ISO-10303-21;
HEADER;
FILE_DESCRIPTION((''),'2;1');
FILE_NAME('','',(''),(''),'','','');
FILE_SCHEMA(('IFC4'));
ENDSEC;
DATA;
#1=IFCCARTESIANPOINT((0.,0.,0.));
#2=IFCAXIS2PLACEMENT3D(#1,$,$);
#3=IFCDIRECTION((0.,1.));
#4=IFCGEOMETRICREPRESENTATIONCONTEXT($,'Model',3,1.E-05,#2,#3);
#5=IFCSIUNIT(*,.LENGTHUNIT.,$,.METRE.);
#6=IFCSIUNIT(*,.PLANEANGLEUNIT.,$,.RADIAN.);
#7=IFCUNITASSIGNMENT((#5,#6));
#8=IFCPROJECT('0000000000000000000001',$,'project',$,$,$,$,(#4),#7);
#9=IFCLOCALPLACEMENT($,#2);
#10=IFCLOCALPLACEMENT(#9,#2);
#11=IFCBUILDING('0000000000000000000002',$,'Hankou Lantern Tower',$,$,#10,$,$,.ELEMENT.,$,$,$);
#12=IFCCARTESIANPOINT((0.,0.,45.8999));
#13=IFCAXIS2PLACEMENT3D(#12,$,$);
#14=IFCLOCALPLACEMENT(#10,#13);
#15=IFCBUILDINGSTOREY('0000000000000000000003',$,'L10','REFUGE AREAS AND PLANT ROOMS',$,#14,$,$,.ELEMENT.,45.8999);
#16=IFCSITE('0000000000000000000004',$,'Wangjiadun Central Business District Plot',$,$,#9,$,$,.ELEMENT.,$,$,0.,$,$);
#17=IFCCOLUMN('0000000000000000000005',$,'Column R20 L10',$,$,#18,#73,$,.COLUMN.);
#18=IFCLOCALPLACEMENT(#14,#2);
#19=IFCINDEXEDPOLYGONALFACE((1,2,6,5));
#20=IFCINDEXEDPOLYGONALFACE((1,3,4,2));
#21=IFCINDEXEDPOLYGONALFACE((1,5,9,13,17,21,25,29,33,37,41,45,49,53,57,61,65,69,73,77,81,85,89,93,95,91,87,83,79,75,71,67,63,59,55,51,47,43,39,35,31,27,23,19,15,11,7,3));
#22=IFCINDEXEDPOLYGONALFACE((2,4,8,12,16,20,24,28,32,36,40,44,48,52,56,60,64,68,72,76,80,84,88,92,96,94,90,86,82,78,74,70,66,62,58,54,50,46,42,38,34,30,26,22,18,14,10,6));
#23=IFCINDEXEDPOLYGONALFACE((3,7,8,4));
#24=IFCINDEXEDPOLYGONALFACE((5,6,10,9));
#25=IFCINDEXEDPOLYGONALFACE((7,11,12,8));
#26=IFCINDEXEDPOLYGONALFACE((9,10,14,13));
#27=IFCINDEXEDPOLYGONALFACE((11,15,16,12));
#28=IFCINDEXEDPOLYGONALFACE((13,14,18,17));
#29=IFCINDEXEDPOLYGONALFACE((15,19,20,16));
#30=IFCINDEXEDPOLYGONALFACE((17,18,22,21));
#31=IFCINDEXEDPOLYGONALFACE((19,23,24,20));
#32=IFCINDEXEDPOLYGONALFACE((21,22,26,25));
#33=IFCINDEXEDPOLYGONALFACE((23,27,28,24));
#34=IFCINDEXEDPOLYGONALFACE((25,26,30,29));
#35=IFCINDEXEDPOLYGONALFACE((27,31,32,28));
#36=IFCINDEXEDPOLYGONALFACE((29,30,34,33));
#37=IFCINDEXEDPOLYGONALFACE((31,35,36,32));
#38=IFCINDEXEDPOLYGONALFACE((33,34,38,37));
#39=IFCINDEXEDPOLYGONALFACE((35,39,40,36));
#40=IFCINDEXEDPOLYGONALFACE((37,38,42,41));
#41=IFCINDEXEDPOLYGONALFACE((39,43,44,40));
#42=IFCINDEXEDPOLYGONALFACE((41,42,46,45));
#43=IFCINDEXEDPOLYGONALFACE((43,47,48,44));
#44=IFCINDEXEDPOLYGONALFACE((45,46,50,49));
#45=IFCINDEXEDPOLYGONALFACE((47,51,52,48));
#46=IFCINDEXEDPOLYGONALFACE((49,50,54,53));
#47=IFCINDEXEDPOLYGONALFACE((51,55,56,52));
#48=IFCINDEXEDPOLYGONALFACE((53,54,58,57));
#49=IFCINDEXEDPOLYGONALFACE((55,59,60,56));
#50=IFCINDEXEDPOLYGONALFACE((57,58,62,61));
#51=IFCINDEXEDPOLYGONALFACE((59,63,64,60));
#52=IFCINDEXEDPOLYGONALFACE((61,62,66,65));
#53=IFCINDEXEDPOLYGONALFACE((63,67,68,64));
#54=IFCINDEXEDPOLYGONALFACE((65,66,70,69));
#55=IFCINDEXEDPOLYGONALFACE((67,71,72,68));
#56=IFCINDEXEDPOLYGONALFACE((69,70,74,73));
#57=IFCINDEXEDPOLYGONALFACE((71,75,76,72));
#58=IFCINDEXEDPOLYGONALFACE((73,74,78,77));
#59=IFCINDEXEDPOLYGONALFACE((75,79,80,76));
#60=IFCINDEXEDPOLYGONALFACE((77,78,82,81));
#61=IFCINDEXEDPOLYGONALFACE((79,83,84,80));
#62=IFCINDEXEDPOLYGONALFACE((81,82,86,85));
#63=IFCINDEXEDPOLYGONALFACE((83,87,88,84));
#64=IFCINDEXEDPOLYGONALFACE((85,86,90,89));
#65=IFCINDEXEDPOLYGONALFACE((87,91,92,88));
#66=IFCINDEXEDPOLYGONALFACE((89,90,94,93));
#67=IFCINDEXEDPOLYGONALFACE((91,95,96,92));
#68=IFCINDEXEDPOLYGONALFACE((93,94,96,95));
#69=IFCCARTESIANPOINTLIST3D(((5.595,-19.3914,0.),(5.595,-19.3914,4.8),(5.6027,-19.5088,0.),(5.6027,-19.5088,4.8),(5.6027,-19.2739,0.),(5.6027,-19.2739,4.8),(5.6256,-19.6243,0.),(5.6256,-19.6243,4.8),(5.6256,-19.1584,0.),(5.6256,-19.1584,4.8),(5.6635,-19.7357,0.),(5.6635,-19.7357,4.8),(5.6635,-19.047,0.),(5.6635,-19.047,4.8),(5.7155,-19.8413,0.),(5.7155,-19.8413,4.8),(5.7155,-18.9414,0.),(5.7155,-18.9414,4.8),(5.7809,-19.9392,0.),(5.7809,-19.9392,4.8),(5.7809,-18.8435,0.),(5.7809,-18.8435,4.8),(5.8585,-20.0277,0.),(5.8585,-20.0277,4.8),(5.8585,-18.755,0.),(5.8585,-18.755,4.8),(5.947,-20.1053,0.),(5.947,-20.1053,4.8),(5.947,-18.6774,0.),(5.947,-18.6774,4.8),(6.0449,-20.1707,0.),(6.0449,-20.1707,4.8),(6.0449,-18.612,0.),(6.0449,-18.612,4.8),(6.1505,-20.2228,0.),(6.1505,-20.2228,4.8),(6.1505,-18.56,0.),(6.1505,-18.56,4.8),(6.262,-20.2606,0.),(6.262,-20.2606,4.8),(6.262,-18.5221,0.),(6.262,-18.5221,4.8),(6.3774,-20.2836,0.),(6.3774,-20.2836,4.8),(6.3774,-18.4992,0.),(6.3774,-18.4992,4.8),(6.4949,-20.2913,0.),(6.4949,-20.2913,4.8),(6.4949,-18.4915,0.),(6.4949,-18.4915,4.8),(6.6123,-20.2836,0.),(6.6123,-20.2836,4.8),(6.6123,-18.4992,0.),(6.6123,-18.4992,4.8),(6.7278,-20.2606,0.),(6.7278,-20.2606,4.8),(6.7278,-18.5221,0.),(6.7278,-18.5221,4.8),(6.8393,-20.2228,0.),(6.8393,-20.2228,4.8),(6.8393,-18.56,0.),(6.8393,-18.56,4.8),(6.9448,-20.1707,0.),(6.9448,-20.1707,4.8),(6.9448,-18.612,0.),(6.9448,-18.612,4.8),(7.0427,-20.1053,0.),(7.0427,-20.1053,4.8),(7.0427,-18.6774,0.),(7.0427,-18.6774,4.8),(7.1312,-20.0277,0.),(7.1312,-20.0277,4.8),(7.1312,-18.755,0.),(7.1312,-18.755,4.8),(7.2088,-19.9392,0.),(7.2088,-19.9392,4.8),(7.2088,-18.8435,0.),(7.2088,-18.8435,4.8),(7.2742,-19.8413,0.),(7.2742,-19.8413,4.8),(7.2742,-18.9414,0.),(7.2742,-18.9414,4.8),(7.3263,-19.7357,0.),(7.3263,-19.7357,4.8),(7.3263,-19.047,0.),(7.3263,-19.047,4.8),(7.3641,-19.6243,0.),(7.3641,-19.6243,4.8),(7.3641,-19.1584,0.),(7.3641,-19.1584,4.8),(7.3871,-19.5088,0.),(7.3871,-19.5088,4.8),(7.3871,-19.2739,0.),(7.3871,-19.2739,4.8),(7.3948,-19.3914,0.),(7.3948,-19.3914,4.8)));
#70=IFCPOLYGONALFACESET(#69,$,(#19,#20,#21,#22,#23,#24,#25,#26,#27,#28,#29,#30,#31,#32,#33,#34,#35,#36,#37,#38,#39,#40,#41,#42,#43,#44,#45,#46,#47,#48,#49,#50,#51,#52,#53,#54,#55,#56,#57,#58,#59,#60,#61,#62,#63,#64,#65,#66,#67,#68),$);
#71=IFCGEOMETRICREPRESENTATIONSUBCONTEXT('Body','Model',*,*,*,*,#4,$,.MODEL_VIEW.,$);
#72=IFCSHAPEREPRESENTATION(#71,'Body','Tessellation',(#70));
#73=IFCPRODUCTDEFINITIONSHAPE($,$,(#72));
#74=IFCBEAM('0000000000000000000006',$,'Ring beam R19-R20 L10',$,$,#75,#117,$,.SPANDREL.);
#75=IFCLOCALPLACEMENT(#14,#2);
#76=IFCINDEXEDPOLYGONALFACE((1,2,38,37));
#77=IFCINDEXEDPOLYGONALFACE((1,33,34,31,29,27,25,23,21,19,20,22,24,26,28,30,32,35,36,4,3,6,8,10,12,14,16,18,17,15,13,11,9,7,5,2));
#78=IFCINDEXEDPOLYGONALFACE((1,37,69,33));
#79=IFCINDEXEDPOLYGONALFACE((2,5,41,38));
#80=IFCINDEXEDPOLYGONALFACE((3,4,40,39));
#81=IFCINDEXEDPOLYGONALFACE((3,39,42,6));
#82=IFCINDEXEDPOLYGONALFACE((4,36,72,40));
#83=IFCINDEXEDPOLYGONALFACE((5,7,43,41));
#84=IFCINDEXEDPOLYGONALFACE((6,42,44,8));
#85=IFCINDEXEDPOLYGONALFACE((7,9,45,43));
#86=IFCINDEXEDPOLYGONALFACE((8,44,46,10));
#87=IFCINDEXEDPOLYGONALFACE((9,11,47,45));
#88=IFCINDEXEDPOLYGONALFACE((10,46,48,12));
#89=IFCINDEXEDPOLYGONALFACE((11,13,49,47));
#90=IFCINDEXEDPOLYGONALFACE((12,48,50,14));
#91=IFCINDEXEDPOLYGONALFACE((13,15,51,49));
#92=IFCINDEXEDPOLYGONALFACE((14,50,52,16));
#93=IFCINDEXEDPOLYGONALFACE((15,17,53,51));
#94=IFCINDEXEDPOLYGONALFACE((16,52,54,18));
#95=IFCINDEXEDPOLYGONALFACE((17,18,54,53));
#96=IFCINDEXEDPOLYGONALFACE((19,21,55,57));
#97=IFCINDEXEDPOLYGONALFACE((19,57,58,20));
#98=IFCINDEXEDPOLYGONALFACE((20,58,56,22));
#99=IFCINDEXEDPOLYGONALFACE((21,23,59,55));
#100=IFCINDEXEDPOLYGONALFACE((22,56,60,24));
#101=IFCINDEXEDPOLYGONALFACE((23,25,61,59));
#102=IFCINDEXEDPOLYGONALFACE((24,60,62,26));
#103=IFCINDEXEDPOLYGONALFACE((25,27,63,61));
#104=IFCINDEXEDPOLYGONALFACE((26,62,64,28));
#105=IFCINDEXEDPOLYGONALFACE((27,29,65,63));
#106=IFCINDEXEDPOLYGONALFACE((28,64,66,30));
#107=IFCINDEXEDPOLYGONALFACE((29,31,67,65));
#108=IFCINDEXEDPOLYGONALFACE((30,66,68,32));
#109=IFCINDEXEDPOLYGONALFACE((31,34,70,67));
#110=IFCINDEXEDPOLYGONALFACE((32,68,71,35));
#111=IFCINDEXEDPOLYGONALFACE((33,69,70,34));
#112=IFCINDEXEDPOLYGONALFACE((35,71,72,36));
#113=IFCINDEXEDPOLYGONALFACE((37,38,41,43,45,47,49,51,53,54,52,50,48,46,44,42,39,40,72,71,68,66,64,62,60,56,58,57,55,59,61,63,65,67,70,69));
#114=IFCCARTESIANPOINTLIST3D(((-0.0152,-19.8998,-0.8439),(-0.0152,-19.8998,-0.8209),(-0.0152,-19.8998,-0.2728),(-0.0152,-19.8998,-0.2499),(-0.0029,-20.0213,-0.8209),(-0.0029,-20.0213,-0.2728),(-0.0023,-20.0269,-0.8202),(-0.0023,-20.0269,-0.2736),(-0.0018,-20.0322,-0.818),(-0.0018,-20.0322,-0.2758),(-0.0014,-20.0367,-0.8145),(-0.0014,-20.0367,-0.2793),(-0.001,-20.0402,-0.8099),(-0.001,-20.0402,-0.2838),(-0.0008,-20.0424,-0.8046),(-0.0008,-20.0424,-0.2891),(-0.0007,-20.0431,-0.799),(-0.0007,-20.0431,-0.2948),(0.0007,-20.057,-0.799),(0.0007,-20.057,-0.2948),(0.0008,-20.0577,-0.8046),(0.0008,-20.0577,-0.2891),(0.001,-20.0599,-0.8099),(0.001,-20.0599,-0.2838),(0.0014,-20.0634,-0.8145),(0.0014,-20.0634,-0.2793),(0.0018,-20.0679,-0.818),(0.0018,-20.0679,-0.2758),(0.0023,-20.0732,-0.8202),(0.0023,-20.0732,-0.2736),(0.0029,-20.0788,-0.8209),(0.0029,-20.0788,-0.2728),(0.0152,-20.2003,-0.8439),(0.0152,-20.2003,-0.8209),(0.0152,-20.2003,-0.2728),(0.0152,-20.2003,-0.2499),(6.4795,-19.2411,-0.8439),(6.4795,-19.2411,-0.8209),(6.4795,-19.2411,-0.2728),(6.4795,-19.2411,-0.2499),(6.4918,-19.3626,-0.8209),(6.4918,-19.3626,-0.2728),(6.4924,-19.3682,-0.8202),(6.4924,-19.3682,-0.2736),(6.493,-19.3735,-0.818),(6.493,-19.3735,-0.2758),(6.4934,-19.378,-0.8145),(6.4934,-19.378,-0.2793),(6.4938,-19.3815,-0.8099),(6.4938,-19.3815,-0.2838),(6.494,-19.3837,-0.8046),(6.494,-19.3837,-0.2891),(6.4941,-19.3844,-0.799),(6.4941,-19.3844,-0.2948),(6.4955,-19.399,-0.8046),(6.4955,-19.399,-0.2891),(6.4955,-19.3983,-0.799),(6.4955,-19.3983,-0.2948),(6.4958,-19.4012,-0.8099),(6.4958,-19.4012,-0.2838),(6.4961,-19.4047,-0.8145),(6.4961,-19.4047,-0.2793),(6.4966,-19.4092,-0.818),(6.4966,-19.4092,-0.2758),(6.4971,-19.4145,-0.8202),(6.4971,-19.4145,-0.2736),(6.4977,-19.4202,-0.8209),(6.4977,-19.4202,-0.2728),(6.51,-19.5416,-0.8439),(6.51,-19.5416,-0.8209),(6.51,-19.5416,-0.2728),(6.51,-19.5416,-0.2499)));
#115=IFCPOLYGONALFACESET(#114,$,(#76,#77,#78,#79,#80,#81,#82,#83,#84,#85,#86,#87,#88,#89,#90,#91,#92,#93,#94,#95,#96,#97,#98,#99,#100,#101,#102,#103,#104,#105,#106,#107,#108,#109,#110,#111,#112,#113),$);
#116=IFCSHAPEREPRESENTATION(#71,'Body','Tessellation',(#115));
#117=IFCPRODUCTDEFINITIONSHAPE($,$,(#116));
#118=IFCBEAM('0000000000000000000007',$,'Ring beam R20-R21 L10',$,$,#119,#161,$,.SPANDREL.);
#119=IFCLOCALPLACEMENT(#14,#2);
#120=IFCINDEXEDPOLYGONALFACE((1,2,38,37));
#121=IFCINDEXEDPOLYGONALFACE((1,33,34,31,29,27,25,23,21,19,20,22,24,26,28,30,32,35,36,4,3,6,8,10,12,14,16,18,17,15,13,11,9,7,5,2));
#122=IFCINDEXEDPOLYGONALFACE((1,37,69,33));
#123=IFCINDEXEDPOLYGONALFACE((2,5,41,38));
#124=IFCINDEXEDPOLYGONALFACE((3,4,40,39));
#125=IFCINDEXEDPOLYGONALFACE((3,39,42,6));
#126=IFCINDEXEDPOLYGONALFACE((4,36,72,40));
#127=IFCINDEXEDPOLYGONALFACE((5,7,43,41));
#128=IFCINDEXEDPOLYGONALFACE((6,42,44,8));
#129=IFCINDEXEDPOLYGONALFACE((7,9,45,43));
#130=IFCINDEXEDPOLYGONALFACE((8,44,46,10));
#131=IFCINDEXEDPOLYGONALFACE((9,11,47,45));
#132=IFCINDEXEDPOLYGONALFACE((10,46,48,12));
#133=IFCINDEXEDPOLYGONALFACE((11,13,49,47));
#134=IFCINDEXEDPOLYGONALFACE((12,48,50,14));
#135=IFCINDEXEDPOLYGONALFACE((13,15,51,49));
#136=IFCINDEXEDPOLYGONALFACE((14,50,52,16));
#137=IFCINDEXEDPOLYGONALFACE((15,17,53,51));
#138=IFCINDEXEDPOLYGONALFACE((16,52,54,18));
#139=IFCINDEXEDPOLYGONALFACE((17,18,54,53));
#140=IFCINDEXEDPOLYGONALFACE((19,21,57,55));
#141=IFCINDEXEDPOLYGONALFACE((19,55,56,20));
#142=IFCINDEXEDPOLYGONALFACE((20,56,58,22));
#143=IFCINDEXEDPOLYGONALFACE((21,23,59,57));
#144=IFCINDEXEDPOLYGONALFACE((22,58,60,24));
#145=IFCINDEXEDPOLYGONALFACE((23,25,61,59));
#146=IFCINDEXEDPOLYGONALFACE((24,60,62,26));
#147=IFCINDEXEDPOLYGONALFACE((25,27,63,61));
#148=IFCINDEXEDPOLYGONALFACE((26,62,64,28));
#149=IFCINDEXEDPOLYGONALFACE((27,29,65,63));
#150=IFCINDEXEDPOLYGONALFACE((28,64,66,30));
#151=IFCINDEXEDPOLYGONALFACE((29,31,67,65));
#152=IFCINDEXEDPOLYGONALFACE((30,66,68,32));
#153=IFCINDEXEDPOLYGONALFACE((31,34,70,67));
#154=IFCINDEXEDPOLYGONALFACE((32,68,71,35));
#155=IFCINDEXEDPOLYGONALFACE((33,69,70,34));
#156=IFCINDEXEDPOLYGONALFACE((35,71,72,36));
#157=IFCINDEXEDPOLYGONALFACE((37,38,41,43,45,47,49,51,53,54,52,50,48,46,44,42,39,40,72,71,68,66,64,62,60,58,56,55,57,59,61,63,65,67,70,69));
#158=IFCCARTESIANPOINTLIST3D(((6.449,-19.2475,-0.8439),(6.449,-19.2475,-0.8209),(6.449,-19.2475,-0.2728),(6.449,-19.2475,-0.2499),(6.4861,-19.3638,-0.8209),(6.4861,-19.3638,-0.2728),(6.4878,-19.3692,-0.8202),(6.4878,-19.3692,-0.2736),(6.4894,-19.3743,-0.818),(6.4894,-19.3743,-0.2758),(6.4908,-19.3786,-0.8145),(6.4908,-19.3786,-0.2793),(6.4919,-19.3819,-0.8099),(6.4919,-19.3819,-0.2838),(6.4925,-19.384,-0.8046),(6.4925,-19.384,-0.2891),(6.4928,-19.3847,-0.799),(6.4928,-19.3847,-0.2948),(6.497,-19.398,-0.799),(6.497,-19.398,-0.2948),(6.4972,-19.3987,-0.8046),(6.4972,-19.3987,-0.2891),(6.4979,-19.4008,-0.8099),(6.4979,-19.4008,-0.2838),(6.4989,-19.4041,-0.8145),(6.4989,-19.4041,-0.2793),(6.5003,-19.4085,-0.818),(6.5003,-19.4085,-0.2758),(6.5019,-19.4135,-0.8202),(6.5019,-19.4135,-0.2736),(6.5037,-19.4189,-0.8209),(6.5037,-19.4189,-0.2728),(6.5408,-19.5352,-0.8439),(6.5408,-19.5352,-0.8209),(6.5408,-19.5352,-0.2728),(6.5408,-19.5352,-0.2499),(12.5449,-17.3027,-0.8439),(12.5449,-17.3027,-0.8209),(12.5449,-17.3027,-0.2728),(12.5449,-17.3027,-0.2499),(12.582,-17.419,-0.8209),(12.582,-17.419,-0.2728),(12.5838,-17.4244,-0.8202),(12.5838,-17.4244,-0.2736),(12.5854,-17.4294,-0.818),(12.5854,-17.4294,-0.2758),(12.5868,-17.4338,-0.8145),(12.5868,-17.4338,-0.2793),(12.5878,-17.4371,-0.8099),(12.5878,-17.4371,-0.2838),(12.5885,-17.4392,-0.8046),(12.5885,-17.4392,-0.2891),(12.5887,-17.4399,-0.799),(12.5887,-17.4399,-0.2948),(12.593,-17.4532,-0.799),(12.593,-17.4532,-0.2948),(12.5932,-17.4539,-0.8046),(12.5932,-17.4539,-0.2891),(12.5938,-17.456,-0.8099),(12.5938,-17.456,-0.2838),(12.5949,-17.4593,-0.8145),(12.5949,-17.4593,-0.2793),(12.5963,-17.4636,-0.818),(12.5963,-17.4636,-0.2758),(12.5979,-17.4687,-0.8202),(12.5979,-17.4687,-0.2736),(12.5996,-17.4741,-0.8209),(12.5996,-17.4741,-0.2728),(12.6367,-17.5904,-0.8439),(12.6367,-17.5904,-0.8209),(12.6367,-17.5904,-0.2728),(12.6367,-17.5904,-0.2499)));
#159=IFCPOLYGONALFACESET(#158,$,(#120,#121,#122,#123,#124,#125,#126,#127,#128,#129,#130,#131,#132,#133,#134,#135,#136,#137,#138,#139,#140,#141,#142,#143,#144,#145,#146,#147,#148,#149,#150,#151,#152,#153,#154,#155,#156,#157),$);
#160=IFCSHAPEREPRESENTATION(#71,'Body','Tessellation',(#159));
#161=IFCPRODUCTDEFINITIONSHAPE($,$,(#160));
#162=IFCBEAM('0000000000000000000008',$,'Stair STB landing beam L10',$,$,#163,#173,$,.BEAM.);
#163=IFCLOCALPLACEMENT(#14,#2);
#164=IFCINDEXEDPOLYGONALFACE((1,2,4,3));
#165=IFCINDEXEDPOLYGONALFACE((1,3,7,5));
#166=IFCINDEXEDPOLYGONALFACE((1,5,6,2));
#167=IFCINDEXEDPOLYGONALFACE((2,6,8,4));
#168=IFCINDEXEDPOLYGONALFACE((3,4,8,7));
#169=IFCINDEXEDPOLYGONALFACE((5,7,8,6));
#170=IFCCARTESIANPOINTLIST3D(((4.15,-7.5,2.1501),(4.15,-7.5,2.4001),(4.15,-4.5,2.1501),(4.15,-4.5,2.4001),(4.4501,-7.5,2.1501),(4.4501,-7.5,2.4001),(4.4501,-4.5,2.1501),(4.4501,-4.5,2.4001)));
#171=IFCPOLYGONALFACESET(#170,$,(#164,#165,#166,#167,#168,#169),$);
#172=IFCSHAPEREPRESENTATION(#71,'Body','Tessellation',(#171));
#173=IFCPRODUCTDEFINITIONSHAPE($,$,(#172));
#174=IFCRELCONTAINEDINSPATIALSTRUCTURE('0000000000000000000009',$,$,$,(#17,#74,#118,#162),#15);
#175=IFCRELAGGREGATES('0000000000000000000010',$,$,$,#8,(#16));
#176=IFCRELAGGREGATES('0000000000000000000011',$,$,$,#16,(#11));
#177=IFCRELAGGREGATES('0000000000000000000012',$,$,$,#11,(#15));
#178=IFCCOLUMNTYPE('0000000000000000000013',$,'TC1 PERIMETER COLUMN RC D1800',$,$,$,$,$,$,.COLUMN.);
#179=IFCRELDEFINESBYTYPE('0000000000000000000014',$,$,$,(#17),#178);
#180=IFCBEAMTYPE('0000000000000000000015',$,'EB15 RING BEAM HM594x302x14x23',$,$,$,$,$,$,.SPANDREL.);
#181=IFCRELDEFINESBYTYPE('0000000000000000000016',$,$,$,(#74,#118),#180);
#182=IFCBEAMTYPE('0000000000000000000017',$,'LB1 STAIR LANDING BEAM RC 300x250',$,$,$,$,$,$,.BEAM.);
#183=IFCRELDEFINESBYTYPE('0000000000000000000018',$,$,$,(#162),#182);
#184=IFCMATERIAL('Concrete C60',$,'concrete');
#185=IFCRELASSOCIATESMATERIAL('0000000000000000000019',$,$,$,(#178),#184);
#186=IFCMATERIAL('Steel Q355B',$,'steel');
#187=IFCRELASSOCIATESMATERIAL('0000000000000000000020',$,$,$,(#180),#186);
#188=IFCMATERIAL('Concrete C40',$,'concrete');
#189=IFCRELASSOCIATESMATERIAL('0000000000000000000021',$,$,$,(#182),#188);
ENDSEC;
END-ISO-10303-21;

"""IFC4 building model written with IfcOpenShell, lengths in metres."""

from ifc_helpers import new_model, si_unit, direction, frame, origin, origin_2d, place, context, subcontext, project, spatial, rectangle, circle, i_section, extrude, material, material_profile, profile_set, type_object, element, save


model = new_model("IFC4")

# Units and contexts
model_context = context("Model", 3, precision=1e-05, world=origin(), true_north=direction((0.0, 1.0)))
body_context = subcontext(model_context, "Body", "Model", "MODEL_VIEW")
ifc_project = project(units=[si_unit("LENGTHUNIT", "METRE"), si_unit("PLANEANGLEUNIT", "RADIAN")], contexts=[model_context])

# Site, building, storey
site_placement = place(None, origin())
site = spatial("IfcSite", under=ifc_project, at=site_placement, Name="Wangjiadun Central Business District Plot", CompositionType="ELEMENT", RefElevation=0.0)
building_placement = place(site_placement, origin())
building = spatial("IfcBuilding", under=site, at=building_placement, Name="Hankou Lantern Tower", CompositionType="ELEMENT")
storey_placement = place(building_placement, frame((0.0, 0.0, 45.8999)))
storey = spatial("IfcBuildingStorey", under=building, at=storey_placement, Name="L10", Description="REFUGE AREAS AND PLANT ROOMS", CompositionType="ELEMENT", Elevation=45.8999)

# Column
ifc_material_1 = material(Name="Concrete C60", Category="concrete")
ifc_material_profile_1 = material_profile(ifc_material_1, circle(Radius=0.8999, at=origin_2d()), Name="RC D1800")
ifc_profile_set_1 = profile_set([ifc_material_profile_1], Name="Concrete C60")
column_type = type_object("IfcColumnType", Name="TC1 PERIMETER COLUMN RC D1800", PredefinedType="COLUMN", material=ifc_profile_set_1)
column_placement = place(storey_placement, frame((6.4949, -19.3914, 0.0), z_axis=(0.0, 0.0, 1.0), x_axis=(1.0, 0.0, 0.0)))
element("IfcColumn", 1, at=column_placement, inside=storey, type_object=column_type, Name="Column R20 L10", PredefinedType="COLUMN", context=body_context, shape_type="SweptSolid", body=[
    extrude(circle(Radius=0.8999, at=origin_2d()), origin(), (0.0, 0.0, 1.0), 4.8),
])

# Beams
ifc_material_2 = material(Name="Steel Q355B", Category="steel")
ifc_material_profile_2 = material_profile(ifc_material_2, i_section(OverallWidth=0.302, OverallDepth=0.594, WebThickness=0.0139, FlangeThickness=0.0229, FilletRadius=0.022, at=origin_2d()), Name="HM594x302x14x23")
ifc_profile_set_2 = profile_set([ifc_material_profile_2], Name="Steel Q355B")
beam_type_1 = type_object("IfcBeamType", Name="EB15 RING BEAM HM594x302x14x23", PredefinedType="SPANDREL", material=ifc_profile_set_2)
beam_1_placement = place(storey_placement, frame((0.0, -20.05, -0.5469), z_axis=(0.994897, 0.1009, 0.0), x_axis=(-0.1009, 0.994897, 0.0)))
element("IfcBeam", 2, at=beam_1_placement, inside=storey, type_object=beam_type_1, Name="Ring beam R19-R20 L10", PredefinedType="SPANDREL", context=body_context, shape_type="SweptSolid", body=[
    extrude(i_section(OverallWidth=0.302, OverallDepth=0.594, WebThickness=0.0139, FlangeThickness=0.0229, FilletRadius=0.022, at=origin_2d()), origin(), (0.0, 0.0, 1.0), 6.5281),
])
beam_2_placement = place(storey_placement, frame((6.4949, -19.3914, -0.5469), z_axis=(0.95269, 0.303942, 0.0), x_axis=(-0.303942, 0.95269, 0.0)))
element("IfcBeam", 3, at=beam_2_placement, inside=storey, type_object=beam_type_1, Name="Ring beam R20-R21 L10", PredefinedType="SPANDREL", context=body_context, shape_type="SweptSolid", body=[
    extrude(i_section(OverallWidth=0.302, OverallDepth=0.594, WebThickness=0.0139, FlangeThickness=0.0229, FilletRadius=0.022, at=origin_2d()), origin(), (0.0, 0.0, 1.0), 6.3987),
])
ifc_material_3 = material(Name="Concrete C40", Category="concrete")
ifc_material_profile_3 = material_profile(ifc_material_3, rectangle(XDim=0.3, YDim=0.25, at=origin_2d()), Name="RC 300x250")
ifc_profile_set_3 = profile_set([ifc_material_profile_3], Name="Concrete C40")
beam_type_2 = type_object("IfcBeamType", Name="LB1 STAIR LANDING BEAM RC 300x250", PredefinedType="BEAM", material=ifc_profile_set_3)
beam_3_placement = place(storey_placement, frame((4.3, -4.5, 2.2751), z_axis=(0.0, -1.0, 0.0), x_axis=(1.0, 0.0, 0.0)))
element("IfcBeam", 4, at=beam_3_placement, inside=storey, type_object=beam_type_2, Name="Stair STB landing beam L10", PredefinedType="BEAM", context=body_context, shape_type="SweptSolid", body=[
    extrude(rectangle(XDim=0.3, YDim=0.25, at=origin_2d()), origin(), (0.0, 0.0, 1.0), 3.0),
])

save(model, "model.ifc")
